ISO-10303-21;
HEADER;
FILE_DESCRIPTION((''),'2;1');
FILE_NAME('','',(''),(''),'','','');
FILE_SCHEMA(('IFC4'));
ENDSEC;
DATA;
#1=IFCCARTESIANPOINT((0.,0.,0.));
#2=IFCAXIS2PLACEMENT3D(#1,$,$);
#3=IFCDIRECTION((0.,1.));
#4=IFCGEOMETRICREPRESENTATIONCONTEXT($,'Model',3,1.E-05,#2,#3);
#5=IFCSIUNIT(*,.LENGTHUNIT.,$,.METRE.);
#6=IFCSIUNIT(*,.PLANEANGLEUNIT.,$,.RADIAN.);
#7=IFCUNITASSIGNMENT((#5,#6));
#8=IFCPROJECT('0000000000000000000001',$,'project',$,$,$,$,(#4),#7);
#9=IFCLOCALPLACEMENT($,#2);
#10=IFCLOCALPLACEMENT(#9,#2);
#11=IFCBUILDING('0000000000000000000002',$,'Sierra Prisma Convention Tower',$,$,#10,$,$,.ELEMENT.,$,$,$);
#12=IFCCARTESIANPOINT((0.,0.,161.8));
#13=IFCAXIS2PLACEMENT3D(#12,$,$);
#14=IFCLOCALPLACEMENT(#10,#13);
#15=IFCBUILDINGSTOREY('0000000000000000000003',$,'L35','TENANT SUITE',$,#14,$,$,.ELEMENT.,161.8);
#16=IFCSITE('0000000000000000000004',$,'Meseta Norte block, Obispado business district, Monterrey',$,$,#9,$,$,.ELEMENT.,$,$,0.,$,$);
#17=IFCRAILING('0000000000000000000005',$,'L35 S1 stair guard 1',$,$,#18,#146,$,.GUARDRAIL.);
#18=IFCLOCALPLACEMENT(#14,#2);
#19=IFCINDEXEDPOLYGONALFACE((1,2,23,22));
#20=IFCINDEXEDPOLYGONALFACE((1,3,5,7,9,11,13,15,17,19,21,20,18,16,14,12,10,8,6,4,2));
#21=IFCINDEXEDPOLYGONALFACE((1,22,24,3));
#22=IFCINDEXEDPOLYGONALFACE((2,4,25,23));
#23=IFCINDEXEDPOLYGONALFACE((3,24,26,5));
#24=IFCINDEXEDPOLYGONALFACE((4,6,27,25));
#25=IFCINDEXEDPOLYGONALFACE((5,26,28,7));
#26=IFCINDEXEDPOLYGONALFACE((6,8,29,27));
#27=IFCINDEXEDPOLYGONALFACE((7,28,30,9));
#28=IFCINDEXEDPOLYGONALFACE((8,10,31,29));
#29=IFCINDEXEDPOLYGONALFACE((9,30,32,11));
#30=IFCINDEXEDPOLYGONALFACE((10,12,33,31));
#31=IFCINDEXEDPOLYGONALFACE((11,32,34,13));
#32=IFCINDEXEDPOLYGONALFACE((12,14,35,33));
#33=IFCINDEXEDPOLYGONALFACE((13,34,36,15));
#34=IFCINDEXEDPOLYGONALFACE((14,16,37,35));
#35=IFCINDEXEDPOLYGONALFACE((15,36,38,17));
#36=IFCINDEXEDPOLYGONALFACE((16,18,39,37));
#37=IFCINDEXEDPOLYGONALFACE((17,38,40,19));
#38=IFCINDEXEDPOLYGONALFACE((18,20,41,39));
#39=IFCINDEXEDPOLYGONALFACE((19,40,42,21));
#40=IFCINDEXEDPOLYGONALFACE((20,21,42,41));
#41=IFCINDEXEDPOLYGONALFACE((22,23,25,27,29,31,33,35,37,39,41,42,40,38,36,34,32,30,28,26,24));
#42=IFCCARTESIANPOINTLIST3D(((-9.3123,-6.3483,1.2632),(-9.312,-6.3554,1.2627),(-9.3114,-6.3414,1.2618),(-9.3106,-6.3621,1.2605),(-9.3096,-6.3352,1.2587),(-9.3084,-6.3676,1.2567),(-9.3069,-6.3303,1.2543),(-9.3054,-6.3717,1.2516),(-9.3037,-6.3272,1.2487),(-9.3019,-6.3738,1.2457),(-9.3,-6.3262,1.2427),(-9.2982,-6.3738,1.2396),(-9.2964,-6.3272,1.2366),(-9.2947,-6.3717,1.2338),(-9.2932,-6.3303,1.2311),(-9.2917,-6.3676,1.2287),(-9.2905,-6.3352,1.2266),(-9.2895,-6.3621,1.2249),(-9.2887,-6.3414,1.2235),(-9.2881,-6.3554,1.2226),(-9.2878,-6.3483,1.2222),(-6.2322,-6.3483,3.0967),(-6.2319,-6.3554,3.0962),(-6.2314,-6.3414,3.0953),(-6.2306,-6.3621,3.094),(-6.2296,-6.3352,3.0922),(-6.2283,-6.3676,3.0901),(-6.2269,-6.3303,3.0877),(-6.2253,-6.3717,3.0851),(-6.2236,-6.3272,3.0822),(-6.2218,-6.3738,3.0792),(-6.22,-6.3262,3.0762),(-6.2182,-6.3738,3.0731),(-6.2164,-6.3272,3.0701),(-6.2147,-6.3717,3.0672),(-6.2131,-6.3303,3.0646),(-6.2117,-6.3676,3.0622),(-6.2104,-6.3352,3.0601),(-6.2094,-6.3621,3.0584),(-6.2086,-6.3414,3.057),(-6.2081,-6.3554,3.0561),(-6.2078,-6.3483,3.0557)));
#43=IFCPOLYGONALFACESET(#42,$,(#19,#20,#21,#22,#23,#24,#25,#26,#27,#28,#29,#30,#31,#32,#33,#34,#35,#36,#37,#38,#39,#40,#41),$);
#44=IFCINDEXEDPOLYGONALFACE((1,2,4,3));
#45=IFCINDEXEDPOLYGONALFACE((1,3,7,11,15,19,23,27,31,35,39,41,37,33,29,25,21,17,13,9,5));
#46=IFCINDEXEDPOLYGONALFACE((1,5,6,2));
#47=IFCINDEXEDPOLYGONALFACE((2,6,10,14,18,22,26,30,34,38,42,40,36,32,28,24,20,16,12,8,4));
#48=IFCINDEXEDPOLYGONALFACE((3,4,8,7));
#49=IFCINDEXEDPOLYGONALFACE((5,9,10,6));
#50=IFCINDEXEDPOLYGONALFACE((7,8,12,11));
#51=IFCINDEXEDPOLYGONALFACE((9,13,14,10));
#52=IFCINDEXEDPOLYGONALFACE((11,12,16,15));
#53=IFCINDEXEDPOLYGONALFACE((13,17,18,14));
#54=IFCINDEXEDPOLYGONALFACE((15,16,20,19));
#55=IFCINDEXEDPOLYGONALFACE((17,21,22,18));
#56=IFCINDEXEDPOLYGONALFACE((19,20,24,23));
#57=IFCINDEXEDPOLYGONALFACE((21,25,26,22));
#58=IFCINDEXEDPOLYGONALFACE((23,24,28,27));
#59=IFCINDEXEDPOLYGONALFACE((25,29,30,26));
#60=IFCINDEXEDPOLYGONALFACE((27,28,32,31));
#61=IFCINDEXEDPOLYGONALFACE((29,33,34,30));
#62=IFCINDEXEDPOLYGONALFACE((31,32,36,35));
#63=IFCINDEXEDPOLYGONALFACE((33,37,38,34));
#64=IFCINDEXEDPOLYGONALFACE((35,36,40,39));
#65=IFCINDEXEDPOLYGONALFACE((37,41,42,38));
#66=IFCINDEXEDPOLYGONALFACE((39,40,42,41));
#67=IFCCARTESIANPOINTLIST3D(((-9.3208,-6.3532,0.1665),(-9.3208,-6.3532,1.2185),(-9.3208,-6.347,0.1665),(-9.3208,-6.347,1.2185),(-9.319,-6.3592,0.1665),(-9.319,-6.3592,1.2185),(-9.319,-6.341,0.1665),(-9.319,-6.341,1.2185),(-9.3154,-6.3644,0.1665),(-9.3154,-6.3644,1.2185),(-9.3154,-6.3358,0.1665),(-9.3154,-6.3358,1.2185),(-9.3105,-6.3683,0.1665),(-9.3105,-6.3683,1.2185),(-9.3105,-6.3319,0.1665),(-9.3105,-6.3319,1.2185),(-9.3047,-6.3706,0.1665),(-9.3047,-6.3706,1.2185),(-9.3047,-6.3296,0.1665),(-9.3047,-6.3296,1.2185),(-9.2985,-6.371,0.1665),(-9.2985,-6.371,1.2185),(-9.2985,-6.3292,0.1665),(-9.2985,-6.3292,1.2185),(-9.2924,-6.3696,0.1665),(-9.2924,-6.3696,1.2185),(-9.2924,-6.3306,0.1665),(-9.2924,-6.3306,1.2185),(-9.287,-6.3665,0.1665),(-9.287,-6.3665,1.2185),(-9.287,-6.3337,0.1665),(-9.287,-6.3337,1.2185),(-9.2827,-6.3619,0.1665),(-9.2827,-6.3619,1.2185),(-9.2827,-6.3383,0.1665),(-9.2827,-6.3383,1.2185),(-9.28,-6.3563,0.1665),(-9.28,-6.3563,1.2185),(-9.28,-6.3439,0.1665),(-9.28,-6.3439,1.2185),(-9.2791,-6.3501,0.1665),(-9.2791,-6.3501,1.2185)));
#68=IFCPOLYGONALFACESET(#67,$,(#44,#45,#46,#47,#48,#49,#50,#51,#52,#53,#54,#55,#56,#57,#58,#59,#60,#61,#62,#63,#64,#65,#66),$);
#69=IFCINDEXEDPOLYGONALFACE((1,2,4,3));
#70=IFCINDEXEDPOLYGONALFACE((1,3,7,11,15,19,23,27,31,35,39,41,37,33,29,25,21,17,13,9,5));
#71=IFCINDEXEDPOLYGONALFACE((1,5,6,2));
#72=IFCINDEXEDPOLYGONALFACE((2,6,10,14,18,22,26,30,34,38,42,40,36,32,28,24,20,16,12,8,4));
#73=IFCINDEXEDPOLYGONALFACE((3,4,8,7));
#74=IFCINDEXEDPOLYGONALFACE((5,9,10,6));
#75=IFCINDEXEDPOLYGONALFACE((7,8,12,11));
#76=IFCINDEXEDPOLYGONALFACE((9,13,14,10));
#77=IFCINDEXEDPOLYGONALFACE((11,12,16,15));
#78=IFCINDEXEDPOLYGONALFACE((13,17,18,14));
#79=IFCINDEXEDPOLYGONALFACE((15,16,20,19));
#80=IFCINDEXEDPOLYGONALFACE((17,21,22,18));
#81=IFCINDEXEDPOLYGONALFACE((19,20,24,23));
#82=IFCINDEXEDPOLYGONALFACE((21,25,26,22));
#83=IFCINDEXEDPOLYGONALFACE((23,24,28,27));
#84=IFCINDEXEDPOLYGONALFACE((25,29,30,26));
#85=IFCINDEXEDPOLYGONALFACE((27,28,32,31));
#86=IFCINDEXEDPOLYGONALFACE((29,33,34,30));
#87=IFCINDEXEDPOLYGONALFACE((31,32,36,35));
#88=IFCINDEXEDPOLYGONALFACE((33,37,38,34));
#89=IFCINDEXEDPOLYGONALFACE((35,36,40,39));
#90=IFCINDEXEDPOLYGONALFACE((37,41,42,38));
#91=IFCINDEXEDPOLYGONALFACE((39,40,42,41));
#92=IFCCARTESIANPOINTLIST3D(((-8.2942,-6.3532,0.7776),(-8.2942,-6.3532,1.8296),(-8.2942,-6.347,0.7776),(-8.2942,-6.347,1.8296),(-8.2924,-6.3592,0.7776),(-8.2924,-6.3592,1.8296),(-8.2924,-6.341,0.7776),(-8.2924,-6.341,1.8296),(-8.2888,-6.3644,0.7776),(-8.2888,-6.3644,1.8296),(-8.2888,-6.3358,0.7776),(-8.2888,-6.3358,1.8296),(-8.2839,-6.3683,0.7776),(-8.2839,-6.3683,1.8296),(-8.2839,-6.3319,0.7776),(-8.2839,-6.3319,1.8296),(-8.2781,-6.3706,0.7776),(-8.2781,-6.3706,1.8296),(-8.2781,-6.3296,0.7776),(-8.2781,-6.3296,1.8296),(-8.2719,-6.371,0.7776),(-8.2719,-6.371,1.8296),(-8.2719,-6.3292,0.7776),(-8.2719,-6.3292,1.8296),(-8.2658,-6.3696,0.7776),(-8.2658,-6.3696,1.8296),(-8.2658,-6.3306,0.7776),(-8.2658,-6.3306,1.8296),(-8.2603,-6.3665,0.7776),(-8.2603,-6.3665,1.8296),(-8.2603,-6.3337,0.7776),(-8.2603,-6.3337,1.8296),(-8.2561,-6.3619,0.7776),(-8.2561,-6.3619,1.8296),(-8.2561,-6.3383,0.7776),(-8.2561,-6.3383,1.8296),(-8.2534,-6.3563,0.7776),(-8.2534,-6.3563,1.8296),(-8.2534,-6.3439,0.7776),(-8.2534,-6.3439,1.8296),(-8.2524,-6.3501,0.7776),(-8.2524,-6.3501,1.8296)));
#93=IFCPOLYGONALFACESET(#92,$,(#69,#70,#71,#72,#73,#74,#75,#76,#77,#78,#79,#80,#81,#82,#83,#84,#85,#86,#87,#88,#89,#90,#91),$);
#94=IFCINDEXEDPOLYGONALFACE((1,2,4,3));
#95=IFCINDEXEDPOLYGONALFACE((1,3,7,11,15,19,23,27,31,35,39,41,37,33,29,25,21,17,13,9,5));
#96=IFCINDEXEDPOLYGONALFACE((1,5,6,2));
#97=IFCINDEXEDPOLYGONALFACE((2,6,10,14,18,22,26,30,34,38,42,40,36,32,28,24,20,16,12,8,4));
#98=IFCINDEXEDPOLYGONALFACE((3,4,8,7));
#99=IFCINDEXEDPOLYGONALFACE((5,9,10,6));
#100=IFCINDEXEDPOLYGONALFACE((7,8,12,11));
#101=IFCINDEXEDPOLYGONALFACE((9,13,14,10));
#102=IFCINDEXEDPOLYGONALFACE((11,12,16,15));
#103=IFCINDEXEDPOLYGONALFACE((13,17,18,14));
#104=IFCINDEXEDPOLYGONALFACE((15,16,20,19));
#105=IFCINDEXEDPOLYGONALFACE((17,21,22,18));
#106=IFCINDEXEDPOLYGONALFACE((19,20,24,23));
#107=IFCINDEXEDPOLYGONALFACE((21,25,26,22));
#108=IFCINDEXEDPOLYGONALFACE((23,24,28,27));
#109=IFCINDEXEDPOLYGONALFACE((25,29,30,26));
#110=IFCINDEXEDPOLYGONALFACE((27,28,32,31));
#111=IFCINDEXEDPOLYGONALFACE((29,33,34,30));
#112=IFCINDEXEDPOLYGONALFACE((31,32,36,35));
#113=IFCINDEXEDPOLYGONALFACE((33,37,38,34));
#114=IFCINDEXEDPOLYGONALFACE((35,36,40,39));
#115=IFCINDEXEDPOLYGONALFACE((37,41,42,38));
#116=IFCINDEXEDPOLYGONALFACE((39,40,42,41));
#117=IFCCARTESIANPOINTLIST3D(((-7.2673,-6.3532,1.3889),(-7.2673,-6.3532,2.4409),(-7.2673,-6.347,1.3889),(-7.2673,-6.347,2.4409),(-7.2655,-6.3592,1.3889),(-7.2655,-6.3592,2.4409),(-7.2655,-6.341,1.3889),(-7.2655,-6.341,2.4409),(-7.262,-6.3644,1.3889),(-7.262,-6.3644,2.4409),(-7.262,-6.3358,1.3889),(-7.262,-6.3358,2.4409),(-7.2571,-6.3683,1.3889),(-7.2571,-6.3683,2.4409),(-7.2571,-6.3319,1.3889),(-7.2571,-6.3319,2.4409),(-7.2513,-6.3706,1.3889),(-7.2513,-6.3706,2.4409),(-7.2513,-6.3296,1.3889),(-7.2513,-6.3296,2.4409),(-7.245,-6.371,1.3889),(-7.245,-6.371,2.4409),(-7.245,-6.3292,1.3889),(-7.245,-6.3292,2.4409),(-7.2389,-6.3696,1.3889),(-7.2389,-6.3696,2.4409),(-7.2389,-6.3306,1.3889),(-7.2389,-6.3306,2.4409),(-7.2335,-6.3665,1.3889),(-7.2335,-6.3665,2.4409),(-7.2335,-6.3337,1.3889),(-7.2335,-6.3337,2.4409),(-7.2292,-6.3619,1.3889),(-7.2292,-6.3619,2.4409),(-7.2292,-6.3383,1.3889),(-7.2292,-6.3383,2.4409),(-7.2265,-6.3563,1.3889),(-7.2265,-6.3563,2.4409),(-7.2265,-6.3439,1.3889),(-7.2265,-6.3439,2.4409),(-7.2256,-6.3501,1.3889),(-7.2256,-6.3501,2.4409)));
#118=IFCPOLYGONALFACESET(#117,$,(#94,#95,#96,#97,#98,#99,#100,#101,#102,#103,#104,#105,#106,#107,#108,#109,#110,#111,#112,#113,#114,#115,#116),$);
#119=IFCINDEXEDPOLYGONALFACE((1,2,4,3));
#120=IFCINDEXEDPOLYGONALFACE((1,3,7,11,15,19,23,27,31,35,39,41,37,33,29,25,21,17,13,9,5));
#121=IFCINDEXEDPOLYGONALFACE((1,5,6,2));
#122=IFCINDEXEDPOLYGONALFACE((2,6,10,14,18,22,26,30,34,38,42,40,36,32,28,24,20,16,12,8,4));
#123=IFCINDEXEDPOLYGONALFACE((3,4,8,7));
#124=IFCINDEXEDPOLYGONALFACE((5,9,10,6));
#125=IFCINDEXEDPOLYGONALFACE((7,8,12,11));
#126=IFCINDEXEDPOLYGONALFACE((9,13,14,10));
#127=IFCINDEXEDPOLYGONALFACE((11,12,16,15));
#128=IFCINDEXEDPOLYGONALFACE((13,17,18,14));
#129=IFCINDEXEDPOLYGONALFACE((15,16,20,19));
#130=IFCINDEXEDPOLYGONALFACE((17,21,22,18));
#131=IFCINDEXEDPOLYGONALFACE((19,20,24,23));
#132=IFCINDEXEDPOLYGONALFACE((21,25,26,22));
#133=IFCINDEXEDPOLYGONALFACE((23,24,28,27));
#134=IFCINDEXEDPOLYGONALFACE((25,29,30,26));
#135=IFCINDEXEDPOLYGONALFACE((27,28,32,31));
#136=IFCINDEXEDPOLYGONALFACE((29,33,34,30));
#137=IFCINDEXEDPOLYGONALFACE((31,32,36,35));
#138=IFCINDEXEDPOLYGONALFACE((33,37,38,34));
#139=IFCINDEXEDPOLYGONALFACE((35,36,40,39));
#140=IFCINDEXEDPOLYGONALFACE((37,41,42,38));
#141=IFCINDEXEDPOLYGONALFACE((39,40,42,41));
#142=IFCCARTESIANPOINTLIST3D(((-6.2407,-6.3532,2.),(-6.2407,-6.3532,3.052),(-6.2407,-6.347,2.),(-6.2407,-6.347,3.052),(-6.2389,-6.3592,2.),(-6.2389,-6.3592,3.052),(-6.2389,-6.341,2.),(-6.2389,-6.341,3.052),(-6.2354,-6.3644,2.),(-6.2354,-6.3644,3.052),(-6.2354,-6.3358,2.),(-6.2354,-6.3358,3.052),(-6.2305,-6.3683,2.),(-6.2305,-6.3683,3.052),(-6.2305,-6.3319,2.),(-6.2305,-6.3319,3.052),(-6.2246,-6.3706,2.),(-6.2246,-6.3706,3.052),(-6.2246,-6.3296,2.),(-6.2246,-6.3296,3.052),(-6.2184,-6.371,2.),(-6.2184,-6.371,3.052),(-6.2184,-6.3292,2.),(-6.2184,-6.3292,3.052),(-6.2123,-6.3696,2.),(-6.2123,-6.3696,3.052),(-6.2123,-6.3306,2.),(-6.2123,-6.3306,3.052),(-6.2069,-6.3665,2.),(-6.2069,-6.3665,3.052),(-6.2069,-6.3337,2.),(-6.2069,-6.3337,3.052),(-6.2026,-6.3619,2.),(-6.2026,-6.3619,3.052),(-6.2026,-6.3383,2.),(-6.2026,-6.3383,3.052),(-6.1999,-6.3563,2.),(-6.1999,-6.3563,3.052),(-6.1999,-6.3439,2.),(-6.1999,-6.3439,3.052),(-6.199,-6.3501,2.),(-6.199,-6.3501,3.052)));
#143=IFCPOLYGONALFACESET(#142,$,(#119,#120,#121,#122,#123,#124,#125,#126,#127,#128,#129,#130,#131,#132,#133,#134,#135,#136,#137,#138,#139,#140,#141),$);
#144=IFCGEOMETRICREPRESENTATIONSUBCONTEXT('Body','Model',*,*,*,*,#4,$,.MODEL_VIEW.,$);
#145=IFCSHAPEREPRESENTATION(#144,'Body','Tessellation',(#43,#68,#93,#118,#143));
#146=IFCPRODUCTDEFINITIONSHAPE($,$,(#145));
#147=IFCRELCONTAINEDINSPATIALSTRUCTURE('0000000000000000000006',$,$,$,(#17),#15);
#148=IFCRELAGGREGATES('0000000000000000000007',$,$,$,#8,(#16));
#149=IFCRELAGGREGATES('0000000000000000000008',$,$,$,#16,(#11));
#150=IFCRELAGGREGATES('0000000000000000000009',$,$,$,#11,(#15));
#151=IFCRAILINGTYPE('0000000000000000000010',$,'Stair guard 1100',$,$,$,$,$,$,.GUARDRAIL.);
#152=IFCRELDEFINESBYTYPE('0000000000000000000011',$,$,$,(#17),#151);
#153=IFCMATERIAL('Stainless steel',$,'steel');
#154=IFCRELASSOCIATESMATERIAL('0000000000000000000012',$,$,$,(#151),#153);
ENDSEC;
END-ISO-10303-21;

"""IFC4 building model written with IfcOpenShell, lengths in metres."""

from ifc_helpers import new_model, si_unit, direction, frame, origin, origin_2d, place, context, subcontext, project, spatial, circle, extrude, material, type_object, element, save


model = new_model("IFC4")

# Units and contexts
model_context = context("Model", 3, precision=1e-05, world=origin(), true_north=direction((0.0, 1.0)))
body_context = subcontext(model_context, "Body", "Model", "MODEL_VIEW")
ifc_project = project(units=[si_unit("LENGTHUNIT", "METRE"), si_unit("PLANEANGLEUNIT", "RADIAN")], contexts=[model_context])

# Site, building, storey
site_placement = place(None, origin())
site = spatial("IfcSite", under=ifc_project, at=site_placement, Name="Meseta Norte block, Obispado business district, Monterrey", CompositionType="ELEMENT", RefElevation=0.0)
building_placement = place(site_placement, origin())
building = spatial("IfcBuilding", under=site, at=building_placement, Name="Sierra Prisma Convention Tower", CompositionType="ELEMENT")
storey_placement = place(building_placement, frame((0.0, 0.0, 161.8)))
storey = spatial("IfcBuildingStorey", under=building, at=storey_placement, Name="L35", Description="TENANT SUITE", CompositionType="ELEMENT", Elevation=161.8)

# Railing
ifc_material_1 = material(Name="Stainless steel", Category="steel")
railing_type_1 = type_object("IfcRailingType", Name="Stair guard 1100", PredefinedType="GUARDRAIL", material=ifc_material_1)
railing_1_placement = place(storey_placement, frame((-9.3, -6.3501, 0.1665)))
element("IfcRailing", 1, at=railing_1_placement, inside=storey, type_object=railing_type_1, Name="L35 S1 stair guard 1", PredefinedType="GUARDRAIL", context=body_context, shape_type="SweptSolid", body=[
    extrude(circle(Radius=0.0239, at=origin_2d()), frame((0.0, 0.0, 1.0762), z_axis=(0.859279, 0.0, 0.511508), x_axis=(0.0, 1.0, 0.0)), (0.0, 0.0, 1.0), 3.5845),
    extrude(circle(Radius=0.021, at=origin_2d()), origin(), (0.0, 0.0, 1.0), 1.052),
    extrude(circle(Radius=0.021, at=origin_2d()), frame((1.0266, 0.0, 0.6111)), (0.0, 0.0, 1.0), 1.052),
    extrude(circle(Radius=0.021, at=origin_2d()), frame((2.0535, 0.0, 1.2224)), (0.0, 0.0, 1.0), 1.052),
    extrude(circle(Radius=0.021, at=origin_2d()), frame((3.0801, 0.0, 1.8335)), (0.0, 0.0, 1.0), 1.052),
])

save(model, "model.ifc")
